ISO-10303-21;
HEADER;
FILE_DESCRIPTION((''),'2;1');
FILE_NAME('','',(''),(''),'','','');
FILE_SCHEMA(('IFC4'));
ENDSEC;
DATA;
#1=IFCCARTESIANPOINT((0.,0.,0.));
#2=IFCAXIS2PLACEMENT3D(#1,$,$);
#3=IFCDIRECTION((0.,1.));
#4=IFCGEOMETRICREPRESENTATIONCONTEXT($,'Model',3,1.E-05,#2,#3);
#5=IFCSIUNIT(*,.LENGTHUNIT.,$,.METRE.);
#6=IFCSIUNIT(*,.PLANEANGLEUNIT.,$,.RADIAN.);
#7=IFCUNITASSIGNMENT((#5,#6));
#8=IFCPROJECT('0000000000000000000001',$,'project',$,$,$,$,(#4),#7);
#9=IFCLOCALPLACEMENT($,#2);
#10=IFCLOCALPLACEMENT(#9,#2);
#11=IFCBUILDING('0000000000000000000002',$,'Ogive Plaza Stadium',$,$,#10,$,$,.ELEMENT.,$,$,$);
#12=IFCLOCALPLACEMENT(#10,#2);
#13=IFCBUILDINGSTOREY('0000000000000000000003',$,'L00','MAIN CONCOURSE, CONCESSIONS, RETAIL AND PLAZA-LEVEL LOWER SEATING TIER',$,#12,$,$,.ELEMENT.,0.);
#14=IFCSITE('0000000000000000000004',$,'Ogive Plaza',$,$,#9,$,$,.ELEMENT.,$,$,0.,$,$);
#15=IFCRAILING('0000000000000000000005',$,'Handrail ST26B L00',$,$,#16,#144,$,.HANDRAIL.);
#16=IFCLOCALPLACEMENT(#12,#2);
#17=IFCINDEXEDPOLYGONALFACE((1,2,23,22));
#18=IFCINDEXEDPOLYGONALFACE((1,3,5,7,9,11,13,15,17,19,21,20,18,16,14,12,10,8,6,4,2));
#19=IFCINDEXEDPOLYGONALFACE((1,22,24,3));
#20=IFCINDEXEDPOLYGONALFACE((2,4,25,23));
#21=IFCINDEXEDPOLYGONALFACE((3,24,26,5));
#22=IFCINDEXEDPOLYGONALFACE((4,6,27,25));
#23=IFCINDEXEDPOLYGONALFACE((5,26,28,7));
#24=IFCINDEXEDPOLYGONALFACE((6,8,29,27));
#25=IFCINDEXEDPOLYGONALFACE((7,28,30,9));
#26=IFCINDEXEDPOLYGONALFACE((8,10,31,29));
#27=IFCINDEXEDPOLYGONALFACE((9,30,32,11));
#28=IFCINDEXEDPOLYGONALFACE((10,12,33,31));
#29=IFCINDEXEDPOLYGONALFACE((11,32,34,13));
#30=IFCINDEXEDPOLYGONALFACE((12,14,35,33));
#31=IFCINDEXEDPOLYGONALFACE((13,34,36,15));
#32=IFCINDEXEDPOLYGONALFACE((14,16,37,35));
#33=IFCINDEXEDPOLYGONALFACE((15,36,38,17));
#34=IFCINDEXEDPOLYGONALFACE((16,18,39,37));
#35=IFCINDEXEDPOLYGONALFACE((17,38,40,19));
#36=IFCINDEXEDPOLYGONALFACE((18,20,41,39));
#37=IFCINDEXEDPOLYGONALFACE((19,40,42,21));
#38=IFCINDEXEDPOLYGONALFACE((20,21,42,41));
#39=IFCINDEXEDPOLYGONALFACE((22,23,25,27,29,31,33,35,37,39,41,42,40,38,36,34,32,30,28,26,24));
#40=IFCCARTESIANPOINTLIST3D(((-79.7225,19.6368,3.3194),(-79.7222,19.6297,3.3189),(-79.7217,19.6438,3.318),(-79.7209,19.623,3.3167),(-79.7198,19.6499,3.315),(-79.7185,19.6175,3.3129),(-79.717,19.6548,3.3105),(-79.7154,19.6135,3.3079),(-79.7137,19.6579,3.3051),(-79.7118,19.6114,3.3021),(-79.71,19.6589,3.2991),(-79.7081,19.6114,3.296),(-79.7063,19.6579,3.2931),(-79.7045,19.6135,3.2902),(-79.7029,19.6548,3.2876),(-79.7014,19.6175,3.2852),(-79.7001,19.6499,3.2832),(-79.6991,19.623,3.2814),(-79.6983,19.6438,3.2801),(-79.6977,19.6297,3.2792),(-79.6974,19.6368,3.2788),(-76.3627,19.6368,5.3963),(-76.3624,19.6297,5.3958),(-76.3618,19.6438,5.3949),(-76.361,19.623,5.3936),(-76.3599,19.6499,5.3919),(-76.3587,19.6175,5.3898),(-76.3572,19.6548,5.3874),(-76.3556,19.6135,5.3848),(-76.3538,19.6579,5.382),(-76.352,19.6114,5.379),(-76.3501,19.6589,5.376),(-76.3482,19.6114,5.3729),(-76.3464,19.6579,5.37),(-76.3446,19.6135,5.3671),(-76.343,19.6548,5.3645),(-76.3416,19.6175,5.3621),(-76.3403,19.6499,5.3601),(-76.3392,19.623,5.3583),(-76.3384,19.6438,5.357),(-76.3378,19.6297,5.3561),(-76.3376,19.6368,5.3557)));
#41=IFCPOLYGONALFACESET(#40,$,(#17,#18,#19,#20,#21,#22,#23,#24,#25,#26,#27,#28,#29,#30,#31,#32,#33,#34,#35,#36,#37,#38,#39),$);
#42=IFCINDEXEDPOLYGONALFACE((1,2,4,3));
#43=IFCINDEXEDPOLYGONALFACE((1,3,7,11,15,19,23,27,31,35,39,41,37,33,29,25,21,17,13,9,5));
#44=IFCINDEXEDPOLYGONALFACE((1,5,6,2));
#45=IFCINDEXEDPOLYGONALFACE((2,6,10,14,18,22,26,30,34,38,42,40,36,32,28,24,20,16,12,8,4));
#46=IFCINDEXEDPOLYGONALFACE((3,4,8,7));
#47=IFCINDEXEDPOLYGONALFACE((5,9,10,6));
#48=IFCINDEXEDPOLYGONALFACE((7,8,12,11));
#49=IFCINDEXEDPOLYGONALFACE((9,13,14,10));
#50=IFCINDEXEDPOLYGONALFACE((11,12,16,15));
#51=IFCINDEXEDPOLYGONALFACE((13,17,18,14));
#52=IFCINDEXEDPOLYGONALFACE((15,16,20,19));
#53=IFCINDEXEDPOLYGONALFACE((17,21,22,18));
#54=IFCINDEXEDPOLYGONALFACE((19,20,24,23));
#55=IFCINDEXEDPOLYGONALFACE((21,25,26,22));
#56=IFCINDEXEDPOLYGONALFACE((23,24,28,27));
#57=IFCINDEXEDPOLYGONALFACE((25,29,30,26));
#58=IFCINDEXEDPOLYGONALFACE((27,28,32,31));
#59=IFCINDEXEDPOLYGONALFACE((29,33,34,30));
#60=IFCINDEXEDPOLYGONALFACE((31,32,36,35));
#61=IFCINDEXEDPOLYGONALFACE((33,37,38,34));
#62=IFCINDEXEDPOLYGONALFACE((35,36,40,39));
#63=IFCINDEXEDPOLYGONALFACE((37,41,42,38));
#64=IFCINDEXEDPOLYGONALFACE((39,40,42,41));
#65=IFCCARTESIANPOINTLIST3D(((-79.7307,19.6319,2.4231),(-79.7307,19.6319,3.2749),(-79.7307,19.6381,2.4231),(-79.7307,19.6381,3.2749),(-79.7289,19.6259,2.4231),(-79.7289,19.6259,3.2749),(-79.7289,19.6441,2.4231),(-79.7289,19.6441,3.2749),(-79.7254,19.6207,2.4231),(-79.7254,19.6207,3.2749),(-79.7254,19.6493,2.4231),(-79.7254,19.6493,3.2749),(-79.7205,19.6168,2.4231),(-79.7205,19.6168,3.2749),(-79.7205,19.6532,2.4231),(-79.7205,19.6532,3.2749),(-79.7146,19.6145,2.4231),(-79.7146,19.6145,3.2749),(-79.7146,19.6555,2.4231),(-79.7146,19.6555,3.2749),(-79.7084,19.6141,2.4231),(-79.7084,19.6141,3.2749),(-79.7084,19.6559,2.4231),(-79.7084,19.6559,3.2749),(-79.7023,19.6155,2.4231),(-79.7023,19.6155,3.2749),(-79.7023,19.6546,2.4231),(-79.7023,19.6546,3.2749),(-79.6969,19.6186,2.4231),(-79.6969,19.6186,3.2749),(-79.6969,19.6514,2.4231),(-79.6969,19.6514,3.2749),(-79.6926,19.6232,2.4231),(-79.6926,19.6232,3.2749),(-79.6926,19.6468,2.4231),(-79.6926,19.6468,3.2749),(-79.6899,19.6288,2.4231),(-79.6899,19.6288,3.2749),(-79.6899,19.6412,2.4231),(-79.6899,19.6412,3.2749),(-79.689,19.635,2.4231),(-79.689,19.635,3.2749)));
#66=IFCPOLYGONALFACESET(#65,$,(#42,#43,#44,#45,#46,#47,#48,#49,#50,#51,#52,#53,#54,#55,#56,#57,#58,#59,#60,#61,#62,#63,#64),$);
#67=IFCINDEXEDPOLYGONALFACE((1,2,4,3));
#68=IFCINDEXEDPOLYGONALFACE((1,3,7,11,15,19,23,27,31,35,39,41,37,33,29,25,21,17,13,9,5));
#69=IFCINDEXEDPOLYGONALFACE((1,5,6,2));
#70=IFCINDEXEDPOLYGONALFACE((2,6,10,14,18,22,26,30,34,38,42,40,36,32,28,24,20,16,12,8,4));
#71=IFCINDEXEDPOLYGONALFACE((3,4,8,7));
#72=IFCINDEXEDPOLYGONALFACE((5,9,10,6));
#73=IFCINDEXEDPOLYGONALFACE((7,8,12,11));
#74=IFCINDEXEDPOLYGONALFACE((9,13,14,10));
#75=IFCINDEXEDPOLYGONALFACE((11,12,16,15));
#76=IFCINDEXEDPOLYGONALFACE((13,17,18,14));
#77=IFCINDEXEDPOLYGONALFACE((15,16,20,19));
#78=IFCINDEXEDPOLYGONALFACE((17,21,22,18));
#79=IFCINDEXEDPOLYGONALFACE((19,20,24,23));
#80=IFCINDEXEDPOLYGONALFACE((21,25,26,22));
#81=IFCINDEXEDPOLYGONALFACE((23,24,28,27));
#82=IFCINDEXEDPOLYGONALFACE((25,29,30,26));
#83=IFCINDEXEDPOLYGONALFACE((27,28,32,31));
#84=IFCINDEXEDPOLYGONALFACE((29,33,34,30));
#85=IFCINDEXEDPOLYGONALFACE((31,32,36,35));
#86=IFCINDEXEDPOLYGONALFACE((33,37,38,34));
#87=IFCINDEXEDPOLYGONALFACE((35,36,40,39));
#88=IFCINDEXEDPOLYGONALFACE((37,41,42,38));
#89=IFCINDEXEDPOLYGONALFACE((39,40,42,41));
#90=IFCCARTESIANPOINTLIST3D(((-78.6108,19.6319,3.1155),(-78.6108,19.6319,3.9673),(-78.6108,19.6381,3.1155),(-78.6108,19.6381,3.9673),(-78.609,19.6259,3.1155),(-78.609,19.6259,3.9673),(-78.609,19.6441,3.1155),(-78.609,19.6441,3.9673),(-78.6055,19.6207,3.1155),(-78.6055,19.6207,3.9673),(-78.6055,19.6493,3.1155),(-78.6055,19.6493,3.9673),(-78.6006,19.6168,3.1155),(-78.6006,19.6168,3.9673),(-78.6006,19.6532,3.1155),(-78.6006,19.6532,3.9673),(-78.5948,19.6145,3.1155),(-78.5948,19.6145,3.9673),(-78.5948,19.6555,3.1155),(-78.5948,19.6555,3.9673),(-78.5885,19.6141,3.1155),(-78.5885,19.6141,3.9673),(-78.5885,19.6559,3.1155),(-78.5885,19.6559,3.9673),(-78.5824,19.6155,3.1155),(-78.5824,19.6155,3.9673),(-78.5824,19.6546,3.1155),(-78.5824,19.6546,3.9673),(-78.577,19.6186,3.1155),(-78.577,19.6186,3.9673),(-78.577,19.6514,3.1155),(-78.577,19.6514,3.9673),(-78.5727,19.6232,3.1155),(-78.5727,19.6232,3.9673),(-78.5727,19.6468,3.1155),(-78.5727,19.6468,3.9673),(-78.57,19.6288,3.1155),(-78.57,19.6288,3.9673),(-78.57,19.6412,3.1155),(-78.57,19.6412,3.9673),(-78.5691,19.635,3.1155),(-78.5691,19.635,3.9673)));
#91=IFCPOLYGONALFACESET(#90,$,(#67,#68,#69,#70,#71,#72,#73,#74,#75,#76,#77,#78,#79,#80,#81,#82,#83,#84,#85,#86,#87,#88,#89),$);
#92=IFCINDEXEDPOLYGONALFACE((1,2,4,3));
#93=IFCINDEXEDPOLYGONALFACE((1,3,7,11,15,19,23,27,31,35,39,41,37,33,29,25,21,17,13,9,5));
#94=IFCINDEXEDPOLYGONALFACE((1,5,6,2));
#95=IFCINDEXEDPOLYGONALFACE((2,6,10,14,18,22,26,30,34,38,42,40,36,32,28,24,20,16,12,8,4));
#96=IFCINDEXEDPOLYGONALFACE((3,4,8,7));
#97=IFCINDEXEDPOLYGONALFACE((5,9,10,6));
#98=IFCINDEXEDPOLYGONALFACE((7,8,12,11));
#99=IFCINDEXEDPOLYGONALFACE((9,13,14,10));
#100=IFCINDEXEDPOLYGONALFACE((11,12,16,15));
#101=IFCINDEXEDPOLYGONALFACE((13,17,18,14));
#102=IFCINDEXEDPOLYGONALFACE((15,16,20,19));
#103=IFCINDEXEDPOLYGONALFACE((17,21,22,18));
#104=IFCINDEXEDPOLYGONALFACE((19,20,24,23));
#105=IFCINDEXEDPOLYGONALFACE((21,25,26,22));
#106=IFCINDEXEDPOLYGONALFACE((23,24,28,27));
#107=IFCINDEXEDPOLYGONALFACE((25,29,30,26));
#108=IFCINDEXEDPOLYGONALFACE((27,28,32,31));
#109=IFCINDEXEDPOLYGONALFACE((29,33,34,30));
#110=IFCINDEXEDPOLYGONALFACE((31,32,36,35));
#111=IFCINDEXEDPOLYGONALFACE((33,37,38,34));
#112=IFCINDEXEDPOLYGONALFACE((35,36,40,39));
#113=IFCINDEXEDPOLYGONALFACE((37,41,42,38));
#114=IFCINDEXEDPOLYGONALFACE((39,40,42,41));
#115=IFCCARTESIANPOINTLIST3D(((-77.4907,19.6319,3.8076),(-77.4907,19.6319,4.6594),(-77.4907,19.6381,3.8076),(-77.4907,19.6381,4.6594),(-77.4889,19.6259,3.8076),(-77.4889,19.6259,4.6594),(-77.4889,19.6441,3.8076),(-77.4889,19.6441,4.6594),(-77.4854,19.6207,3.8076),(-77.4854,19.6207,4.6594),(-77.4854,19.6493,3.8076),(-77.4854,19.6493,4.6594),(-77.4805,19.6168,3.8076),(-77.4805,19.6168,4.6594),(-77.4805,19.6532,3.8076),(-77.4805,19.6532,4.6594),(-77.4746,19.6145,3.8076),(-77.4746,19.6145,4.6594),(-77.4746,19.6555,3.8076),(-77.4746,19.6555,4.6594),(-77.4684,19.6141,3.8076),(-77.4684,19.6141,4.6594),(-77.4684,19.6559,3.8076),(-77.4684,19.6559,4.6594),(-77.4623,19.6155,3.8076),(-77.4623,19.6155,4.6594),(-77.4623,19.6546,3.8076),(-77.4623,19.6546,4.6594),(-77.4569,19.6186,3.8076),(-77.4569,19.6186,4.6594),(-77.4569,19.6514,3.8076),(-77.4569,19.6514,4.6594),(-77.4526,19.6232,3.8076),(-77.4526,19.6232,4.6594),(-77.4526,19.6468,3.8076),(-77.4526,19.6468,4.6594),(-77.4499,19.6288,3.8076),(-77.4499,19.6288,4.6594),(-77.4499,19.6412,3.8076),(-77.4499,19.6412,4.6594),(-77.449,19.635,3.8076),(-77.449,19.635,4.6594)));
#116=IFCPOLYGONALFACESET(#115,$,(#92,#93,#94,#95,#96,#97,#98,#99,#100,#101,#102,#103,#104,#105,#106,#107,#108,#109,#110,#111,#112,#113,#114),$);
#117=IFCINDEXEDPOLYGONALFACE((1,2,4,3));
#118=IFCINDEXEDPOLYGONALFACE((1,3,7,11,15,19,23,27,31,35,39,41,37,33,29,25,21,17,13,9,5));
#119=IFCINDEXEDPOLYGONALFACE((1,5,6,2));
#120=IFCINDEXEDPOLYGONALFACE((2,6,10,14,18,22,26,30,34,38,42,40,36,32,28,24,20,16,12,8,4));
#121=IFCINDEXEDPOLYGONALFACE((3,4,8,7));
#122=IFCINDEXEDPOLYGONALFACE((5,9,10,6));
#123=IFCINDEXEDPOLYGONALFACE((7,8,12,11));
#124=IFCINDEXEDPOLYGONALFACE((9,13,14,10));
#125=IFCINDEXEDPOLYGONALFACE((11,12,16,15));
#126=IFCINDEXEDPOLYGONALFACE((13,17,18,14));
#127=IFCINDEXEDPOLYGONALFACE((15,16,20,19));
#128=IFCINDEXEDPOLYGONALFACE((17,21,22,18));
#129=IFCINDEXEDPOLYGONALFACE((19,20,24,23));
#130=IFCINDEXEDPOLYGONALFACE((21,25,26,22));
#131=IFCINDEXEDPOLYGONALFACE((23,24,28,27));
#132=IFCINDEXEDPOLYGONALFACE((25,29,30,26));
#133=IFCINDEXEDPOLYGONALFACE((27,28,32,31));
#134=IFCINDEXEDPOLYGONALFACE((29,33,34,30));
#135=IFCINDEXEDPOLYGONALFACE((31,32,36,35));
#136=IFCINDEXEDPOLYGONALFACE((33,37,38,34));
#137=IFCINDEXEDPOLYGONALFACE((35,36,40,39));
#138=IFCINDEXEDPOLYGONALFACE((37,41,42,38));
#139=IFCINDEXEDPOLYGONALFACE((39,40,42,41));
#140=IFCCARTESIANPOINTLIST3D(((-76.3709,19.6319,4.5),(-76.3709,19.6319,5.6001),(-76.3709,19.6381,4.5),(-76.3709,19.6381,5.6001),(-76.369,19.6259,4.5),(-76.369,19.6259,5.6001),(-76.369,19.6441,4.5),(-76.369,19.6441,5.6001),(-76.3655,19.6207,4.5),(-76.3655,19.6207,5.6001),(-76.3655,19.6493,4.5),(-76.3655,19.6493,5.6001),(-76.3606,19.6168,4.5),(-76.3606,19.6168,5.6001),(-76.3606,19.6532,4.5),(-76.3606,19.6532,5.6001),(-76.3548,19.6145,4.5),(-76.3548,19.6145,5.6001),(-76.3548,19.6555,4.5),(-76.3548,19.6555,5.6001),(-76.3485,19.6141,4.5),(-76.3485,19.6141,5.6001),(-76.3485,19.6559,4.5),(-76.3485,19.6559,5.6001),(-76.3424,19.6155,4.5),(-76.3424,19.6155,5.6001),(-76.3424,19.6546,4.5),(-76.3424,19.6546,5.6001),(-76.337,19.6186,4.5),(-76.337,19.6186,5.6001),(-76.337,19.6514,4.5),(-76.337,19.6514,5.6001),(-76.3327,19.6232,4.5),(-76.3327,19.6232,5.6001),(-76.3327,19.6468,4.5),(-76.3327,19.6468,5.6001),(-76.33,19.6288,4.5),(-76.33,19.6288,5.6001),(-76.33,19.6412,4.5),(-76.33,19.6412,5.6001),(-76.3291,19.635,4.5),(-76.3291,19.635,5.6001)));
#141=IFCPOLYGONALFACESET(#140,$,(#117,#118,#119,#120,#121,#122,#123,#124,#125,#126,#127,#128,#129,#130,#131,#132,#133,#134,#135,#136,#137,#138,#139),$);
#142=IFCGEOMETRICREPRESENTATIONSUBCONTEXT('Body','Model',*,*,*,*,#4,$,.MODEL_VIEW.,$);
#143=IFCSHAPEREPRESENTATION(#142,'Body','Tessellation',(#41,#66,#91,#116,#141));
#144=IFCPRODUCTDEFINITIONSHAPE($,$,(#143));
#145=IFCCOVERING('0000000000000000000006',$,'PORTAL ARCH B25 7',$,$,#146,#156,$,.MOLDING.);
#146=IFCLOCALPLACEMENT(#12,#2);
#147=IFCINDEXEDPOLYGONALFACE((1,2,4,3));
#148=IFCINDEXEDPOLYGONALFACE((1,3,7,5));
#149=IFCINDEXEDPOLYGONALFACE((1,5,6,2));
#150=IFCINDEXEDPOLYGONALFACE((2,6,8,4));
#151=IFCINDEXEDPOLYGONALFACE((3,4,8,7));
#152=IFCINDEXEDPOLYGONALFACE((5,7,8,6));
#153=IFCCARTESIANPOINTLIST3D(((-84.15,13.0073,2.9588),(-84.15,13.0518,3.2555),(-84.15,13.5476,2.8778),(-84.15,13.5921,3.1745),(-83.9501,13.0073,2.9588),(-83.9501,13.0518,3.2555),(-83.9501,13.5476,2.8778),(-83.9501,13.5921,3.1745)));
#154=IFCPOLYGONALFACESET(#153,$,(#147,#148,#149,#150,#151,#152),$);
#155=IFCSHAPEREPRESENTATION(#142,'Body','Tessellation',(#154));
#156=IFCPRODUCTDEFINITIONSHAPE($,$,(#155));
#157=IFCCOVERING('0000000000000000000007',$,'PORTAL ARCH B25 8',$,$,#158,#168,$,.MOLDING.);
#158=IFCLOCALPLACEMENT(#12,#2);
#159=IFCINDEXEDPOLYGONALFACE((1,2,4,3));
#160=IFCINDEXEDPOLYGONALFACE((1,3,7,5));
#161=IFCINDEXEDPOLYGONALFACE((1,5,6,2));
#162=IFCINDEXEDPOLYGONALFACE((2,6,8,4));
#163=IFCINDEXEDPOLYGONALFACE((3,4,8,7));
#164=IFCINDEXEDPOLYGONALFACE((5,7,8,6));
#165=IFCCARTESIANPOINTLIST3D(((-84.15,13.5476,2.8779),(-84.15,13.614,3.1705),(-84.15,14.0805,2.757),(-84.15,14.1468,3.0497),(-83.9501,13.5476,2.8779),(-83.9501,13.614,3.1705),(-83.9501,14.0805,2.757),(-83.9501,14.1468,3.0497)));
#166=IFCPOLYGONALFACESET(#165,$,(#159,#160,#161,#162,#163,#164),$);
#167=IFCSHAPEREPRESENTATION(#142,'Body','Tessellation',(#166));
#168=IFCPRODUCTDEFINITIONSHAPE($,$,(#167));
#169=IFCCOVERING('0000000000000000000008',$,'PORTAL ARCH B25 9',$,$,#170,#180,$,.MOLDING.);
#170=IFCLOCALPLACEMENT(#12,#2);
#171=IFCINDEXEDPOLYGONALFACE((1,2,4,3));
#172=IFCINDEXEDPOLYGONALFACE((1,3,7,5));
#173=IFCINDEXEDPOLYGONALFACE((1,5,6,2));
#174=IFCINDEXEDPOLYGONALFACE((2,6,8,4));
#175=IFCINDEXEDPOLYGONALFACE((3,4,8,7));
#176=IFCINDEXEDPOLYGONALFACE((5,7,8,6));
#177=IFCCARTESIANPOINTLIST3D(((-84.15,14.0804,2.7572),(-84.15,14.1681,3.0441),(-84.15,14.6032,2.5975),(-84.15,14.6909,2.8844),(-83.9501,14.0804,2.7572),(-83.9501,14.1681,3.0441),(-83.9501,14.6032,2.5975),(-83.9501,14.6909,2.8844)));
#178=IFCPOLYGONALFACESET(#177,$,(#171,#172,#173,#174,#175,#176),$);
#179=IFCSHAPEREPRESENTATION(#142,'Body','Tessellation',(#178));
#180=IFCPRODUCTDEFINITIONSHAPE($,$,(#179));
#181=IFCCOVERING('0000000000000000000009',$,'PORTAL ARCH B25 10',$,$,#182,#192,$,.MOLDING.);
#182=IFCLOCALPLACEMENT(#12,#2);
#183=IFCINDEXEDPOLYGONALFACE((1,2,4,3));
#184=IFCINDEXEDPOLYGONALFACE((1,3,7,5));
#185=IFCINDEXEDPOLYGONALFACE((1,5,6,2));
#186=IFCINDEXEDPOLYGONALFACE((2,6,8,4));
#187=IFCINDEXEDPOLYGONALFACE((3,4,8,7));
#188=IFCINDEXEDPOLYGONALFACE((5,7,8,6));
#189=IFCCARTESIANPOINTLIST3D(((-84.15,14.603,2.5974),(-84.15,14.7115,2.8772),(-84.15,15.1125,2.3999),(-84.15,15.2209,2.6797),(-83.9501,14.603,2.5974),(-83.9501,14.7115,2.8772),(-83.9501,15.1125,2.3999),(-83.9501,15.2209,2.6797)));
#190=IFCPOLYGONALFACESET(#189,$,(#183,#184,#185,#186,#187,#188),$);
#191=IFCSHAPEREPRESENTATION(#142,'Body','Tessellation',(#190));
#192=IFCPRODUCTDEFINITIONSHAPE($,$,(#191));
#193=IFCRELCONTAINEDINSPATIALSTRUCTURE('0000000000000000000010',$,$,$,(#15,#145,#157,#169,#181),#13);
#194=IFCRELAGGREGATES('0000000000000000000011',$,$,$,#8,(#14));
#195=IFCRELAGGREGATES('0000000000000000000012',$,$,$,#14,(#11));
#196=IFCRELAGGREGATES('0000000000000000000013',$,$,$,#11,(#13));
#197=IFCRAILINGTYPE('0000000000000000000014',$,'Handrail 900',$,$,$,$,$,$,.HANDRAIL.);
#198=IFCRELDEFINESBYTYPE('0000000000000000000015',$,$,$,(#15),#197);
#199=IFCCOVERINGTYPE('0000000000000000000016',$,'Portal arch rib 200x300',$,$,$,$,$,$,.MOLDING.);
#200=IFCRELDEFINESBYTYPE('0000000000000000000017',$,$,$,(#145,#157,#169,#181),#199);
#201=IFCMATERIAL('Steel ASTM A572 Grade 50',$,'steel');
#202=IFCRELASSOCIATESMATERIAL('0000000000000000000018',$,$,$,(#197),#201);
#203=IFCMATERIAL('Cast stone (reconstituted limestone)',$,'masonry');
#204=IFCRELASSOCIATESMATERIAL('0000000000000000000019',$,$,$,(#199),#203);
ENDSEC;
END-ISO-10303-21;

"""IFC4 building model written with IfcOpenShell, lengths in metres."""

from ifc_helpers import new_model, si_unit, direction, frame, origin, origin_2d, place, context, subcontext, project, spatial, rectangle, circle, extrude, material, material_profile, profile_set, type_object, element, save


model = new_model("IFC4")

# Units and contexts
model_context = context("Model", 3, precision=1e-05, world=origin(), true_north=direction((0.0, 1.0)))
body_context = subcontext(model_context, "Body", "Model", "MODEL_VIEW")
ifc_project = project(units=[si_unit("LENGTHUNIT", "METRE"), si_unit("PLANEANGLEUNIT", "RADIAN")], contexts=[model_context])

# Site, building, storey
site_placement = place(None, origin())
site = spatial("IfcSite", under=ifc_project, at=site_placement, Name="Ogive Plaza", CompositionType="ELEMENT", RefElevation=0.0)
building_placement = place(site_placement, origin())
building = spatial("IfcBuilding", under=site, at=building_placement, Name="Ogive Plaza Stadium", CompositionType="ELEMENT")
storey_placement = place(building_placement, origin())
storey = spatial("IfcBuildingStorey", under=building, at=storey_placement, Name="L00", Description="MAIN CONCOURSE, CONCESSIONS, RETAIL AND PLAZA-LEVEL LOWER SEATING TIER", CompositionType="ELEMENT", Elevation=0.0)

# Railing
ifc_material_1 = material(Name="Steel ASTM A572 Grade 50", Category="steel")
railing_type_1 = type_object("IfcRailingType", Name="Handrail 900", PredefinedType="HANDRAIL", material=ifc_material_1)
for number, where, name in (
    (1, (-79.71, 19.635, 2.4231), "Handrail ST26B L00"),
):
    element("IfcRailing", number, at=place(storey_placement, frame(where)), inside=storey, type_object=railing_type_1, Name=name, PredefinedType="HANDRAIL", context=body_context, shape_type="SweptSolid", body=[
        extrude(circle(Radius=0.0239, at=origin_2d()), frame((0.0, 0.0, 0.876), z_axis=(0.850606, 0.0, 0.525803), x_axis=(0.0, 1.0, 0.0)), (0.0, 0.0, 1.0), 3.95),
        extrude(circle(Radius=0.021, at=origin_2d()), origin(), (0.0, 0.0, 1.0), 0.8518),
        extrude(circle(Radius=0.021, at=origin_2d()), frame((1.1199, 0.0, 0.6924)), (0.0, 0.0, 1.0), 0.8518),
        extrude(circle(Radius=0.021, at=origin_2d()), frame((2.24, 0.0, 1.3845)), (0.0, 0.0, 1.0), 0.8518),
        extrude(circle(Radius=0.021, at=origin_2d()), frame((3.3599, 0.0, 2.0769)), (0.0, 0.0, 1.0), 1.1001),
    ])

# Coverings
ifc_material_2 = material(Name="Cast stone (reconstituted limestone)", Category="masonry")
ifc_material_profile_1 = material_profile(ifc_material_2, rectangle(XDim=0.2, YDim=0.3, at=origin_2d()), Name="Cast stone 200x300")
ifc_profile_set_1 = profile_set([ifc_material_profile_1], Name="Cast stone (reconstituted limestone)")
covering_type = type_object("IfcCoveringType", Name="Portal arch rib 200x300", PredefinedType="MOLDING", material=ifc_profile_set_1)
for number, where, z_axis, x_axis, name in (
    (2, (-84.05, 13.0295, 3.1072), (0.0, 0.988933, -0.148362), (-1.0, 0.0, 0.0), "PORTAL ARCH B25 7"),
    (3, (-84.05, 13.5808, 3.0242), (0.0, 0.975242, -0.221138), (-1.0, 0.0, 0.0), "PORTAL ARCH B25 8"),
):
    element("IfcCovering", number, at=place(storey_placement, frame(where, z_axis=z_axis, x_axis=x_axis)), inside=storey, type_object=covering_type, Name=name, PredefinedType="MOLDING", context=body_context, shape_type="SweptSolid", body=[
        extrude(rectangle(XDim=0.2, YDim=0.3, at=origin_2d()), origin(), (0.0, 0.0, 1.0), 0.5464),
    ])
covering_1_placement = place(storey_placement, frame((-84.05, 14.1243, 2.9006), z_axis=(0.0, 0.956376, -0.292139), x_axis=(-1.0, 0.0, 0.0)))
element("IfcCovering", 4, at=covering_1_placement, inside=storey, type_object=covering_type, Name="PORTAL ARCH B25 9", PredefinedType="MOLDING", context=body_context, shape_type="SweptSolid", body=[
    extrude(rectangle(XDim=0.2, YDim=0.3, at=origin_2d()), origin(), (0.0, 0.0, 1.0), 0.5466),
])
covering_2_placement = place(storey_placement, frame((-84.05, 14.6572, 2.7373), z_axis=(0.0, 0.932398, -0.361433), x_axis=(-1.0, 0.0, 0.0)))
element("IfcCovering", 5, at=covering_2_placement, inside=storey, type_object=covering_type, Name="PORTAL ARCH B25 10", PredefinedType="MOLDING", context=body_context, shape_type="SweptSolid", body=[
    extrude(rectangle(XDim=0.2, YDim=0.3, at=origin_2d()), origin(), (0.0, 0.0, 1.0), 0.5464),
])

save(model, "model.ifc")
